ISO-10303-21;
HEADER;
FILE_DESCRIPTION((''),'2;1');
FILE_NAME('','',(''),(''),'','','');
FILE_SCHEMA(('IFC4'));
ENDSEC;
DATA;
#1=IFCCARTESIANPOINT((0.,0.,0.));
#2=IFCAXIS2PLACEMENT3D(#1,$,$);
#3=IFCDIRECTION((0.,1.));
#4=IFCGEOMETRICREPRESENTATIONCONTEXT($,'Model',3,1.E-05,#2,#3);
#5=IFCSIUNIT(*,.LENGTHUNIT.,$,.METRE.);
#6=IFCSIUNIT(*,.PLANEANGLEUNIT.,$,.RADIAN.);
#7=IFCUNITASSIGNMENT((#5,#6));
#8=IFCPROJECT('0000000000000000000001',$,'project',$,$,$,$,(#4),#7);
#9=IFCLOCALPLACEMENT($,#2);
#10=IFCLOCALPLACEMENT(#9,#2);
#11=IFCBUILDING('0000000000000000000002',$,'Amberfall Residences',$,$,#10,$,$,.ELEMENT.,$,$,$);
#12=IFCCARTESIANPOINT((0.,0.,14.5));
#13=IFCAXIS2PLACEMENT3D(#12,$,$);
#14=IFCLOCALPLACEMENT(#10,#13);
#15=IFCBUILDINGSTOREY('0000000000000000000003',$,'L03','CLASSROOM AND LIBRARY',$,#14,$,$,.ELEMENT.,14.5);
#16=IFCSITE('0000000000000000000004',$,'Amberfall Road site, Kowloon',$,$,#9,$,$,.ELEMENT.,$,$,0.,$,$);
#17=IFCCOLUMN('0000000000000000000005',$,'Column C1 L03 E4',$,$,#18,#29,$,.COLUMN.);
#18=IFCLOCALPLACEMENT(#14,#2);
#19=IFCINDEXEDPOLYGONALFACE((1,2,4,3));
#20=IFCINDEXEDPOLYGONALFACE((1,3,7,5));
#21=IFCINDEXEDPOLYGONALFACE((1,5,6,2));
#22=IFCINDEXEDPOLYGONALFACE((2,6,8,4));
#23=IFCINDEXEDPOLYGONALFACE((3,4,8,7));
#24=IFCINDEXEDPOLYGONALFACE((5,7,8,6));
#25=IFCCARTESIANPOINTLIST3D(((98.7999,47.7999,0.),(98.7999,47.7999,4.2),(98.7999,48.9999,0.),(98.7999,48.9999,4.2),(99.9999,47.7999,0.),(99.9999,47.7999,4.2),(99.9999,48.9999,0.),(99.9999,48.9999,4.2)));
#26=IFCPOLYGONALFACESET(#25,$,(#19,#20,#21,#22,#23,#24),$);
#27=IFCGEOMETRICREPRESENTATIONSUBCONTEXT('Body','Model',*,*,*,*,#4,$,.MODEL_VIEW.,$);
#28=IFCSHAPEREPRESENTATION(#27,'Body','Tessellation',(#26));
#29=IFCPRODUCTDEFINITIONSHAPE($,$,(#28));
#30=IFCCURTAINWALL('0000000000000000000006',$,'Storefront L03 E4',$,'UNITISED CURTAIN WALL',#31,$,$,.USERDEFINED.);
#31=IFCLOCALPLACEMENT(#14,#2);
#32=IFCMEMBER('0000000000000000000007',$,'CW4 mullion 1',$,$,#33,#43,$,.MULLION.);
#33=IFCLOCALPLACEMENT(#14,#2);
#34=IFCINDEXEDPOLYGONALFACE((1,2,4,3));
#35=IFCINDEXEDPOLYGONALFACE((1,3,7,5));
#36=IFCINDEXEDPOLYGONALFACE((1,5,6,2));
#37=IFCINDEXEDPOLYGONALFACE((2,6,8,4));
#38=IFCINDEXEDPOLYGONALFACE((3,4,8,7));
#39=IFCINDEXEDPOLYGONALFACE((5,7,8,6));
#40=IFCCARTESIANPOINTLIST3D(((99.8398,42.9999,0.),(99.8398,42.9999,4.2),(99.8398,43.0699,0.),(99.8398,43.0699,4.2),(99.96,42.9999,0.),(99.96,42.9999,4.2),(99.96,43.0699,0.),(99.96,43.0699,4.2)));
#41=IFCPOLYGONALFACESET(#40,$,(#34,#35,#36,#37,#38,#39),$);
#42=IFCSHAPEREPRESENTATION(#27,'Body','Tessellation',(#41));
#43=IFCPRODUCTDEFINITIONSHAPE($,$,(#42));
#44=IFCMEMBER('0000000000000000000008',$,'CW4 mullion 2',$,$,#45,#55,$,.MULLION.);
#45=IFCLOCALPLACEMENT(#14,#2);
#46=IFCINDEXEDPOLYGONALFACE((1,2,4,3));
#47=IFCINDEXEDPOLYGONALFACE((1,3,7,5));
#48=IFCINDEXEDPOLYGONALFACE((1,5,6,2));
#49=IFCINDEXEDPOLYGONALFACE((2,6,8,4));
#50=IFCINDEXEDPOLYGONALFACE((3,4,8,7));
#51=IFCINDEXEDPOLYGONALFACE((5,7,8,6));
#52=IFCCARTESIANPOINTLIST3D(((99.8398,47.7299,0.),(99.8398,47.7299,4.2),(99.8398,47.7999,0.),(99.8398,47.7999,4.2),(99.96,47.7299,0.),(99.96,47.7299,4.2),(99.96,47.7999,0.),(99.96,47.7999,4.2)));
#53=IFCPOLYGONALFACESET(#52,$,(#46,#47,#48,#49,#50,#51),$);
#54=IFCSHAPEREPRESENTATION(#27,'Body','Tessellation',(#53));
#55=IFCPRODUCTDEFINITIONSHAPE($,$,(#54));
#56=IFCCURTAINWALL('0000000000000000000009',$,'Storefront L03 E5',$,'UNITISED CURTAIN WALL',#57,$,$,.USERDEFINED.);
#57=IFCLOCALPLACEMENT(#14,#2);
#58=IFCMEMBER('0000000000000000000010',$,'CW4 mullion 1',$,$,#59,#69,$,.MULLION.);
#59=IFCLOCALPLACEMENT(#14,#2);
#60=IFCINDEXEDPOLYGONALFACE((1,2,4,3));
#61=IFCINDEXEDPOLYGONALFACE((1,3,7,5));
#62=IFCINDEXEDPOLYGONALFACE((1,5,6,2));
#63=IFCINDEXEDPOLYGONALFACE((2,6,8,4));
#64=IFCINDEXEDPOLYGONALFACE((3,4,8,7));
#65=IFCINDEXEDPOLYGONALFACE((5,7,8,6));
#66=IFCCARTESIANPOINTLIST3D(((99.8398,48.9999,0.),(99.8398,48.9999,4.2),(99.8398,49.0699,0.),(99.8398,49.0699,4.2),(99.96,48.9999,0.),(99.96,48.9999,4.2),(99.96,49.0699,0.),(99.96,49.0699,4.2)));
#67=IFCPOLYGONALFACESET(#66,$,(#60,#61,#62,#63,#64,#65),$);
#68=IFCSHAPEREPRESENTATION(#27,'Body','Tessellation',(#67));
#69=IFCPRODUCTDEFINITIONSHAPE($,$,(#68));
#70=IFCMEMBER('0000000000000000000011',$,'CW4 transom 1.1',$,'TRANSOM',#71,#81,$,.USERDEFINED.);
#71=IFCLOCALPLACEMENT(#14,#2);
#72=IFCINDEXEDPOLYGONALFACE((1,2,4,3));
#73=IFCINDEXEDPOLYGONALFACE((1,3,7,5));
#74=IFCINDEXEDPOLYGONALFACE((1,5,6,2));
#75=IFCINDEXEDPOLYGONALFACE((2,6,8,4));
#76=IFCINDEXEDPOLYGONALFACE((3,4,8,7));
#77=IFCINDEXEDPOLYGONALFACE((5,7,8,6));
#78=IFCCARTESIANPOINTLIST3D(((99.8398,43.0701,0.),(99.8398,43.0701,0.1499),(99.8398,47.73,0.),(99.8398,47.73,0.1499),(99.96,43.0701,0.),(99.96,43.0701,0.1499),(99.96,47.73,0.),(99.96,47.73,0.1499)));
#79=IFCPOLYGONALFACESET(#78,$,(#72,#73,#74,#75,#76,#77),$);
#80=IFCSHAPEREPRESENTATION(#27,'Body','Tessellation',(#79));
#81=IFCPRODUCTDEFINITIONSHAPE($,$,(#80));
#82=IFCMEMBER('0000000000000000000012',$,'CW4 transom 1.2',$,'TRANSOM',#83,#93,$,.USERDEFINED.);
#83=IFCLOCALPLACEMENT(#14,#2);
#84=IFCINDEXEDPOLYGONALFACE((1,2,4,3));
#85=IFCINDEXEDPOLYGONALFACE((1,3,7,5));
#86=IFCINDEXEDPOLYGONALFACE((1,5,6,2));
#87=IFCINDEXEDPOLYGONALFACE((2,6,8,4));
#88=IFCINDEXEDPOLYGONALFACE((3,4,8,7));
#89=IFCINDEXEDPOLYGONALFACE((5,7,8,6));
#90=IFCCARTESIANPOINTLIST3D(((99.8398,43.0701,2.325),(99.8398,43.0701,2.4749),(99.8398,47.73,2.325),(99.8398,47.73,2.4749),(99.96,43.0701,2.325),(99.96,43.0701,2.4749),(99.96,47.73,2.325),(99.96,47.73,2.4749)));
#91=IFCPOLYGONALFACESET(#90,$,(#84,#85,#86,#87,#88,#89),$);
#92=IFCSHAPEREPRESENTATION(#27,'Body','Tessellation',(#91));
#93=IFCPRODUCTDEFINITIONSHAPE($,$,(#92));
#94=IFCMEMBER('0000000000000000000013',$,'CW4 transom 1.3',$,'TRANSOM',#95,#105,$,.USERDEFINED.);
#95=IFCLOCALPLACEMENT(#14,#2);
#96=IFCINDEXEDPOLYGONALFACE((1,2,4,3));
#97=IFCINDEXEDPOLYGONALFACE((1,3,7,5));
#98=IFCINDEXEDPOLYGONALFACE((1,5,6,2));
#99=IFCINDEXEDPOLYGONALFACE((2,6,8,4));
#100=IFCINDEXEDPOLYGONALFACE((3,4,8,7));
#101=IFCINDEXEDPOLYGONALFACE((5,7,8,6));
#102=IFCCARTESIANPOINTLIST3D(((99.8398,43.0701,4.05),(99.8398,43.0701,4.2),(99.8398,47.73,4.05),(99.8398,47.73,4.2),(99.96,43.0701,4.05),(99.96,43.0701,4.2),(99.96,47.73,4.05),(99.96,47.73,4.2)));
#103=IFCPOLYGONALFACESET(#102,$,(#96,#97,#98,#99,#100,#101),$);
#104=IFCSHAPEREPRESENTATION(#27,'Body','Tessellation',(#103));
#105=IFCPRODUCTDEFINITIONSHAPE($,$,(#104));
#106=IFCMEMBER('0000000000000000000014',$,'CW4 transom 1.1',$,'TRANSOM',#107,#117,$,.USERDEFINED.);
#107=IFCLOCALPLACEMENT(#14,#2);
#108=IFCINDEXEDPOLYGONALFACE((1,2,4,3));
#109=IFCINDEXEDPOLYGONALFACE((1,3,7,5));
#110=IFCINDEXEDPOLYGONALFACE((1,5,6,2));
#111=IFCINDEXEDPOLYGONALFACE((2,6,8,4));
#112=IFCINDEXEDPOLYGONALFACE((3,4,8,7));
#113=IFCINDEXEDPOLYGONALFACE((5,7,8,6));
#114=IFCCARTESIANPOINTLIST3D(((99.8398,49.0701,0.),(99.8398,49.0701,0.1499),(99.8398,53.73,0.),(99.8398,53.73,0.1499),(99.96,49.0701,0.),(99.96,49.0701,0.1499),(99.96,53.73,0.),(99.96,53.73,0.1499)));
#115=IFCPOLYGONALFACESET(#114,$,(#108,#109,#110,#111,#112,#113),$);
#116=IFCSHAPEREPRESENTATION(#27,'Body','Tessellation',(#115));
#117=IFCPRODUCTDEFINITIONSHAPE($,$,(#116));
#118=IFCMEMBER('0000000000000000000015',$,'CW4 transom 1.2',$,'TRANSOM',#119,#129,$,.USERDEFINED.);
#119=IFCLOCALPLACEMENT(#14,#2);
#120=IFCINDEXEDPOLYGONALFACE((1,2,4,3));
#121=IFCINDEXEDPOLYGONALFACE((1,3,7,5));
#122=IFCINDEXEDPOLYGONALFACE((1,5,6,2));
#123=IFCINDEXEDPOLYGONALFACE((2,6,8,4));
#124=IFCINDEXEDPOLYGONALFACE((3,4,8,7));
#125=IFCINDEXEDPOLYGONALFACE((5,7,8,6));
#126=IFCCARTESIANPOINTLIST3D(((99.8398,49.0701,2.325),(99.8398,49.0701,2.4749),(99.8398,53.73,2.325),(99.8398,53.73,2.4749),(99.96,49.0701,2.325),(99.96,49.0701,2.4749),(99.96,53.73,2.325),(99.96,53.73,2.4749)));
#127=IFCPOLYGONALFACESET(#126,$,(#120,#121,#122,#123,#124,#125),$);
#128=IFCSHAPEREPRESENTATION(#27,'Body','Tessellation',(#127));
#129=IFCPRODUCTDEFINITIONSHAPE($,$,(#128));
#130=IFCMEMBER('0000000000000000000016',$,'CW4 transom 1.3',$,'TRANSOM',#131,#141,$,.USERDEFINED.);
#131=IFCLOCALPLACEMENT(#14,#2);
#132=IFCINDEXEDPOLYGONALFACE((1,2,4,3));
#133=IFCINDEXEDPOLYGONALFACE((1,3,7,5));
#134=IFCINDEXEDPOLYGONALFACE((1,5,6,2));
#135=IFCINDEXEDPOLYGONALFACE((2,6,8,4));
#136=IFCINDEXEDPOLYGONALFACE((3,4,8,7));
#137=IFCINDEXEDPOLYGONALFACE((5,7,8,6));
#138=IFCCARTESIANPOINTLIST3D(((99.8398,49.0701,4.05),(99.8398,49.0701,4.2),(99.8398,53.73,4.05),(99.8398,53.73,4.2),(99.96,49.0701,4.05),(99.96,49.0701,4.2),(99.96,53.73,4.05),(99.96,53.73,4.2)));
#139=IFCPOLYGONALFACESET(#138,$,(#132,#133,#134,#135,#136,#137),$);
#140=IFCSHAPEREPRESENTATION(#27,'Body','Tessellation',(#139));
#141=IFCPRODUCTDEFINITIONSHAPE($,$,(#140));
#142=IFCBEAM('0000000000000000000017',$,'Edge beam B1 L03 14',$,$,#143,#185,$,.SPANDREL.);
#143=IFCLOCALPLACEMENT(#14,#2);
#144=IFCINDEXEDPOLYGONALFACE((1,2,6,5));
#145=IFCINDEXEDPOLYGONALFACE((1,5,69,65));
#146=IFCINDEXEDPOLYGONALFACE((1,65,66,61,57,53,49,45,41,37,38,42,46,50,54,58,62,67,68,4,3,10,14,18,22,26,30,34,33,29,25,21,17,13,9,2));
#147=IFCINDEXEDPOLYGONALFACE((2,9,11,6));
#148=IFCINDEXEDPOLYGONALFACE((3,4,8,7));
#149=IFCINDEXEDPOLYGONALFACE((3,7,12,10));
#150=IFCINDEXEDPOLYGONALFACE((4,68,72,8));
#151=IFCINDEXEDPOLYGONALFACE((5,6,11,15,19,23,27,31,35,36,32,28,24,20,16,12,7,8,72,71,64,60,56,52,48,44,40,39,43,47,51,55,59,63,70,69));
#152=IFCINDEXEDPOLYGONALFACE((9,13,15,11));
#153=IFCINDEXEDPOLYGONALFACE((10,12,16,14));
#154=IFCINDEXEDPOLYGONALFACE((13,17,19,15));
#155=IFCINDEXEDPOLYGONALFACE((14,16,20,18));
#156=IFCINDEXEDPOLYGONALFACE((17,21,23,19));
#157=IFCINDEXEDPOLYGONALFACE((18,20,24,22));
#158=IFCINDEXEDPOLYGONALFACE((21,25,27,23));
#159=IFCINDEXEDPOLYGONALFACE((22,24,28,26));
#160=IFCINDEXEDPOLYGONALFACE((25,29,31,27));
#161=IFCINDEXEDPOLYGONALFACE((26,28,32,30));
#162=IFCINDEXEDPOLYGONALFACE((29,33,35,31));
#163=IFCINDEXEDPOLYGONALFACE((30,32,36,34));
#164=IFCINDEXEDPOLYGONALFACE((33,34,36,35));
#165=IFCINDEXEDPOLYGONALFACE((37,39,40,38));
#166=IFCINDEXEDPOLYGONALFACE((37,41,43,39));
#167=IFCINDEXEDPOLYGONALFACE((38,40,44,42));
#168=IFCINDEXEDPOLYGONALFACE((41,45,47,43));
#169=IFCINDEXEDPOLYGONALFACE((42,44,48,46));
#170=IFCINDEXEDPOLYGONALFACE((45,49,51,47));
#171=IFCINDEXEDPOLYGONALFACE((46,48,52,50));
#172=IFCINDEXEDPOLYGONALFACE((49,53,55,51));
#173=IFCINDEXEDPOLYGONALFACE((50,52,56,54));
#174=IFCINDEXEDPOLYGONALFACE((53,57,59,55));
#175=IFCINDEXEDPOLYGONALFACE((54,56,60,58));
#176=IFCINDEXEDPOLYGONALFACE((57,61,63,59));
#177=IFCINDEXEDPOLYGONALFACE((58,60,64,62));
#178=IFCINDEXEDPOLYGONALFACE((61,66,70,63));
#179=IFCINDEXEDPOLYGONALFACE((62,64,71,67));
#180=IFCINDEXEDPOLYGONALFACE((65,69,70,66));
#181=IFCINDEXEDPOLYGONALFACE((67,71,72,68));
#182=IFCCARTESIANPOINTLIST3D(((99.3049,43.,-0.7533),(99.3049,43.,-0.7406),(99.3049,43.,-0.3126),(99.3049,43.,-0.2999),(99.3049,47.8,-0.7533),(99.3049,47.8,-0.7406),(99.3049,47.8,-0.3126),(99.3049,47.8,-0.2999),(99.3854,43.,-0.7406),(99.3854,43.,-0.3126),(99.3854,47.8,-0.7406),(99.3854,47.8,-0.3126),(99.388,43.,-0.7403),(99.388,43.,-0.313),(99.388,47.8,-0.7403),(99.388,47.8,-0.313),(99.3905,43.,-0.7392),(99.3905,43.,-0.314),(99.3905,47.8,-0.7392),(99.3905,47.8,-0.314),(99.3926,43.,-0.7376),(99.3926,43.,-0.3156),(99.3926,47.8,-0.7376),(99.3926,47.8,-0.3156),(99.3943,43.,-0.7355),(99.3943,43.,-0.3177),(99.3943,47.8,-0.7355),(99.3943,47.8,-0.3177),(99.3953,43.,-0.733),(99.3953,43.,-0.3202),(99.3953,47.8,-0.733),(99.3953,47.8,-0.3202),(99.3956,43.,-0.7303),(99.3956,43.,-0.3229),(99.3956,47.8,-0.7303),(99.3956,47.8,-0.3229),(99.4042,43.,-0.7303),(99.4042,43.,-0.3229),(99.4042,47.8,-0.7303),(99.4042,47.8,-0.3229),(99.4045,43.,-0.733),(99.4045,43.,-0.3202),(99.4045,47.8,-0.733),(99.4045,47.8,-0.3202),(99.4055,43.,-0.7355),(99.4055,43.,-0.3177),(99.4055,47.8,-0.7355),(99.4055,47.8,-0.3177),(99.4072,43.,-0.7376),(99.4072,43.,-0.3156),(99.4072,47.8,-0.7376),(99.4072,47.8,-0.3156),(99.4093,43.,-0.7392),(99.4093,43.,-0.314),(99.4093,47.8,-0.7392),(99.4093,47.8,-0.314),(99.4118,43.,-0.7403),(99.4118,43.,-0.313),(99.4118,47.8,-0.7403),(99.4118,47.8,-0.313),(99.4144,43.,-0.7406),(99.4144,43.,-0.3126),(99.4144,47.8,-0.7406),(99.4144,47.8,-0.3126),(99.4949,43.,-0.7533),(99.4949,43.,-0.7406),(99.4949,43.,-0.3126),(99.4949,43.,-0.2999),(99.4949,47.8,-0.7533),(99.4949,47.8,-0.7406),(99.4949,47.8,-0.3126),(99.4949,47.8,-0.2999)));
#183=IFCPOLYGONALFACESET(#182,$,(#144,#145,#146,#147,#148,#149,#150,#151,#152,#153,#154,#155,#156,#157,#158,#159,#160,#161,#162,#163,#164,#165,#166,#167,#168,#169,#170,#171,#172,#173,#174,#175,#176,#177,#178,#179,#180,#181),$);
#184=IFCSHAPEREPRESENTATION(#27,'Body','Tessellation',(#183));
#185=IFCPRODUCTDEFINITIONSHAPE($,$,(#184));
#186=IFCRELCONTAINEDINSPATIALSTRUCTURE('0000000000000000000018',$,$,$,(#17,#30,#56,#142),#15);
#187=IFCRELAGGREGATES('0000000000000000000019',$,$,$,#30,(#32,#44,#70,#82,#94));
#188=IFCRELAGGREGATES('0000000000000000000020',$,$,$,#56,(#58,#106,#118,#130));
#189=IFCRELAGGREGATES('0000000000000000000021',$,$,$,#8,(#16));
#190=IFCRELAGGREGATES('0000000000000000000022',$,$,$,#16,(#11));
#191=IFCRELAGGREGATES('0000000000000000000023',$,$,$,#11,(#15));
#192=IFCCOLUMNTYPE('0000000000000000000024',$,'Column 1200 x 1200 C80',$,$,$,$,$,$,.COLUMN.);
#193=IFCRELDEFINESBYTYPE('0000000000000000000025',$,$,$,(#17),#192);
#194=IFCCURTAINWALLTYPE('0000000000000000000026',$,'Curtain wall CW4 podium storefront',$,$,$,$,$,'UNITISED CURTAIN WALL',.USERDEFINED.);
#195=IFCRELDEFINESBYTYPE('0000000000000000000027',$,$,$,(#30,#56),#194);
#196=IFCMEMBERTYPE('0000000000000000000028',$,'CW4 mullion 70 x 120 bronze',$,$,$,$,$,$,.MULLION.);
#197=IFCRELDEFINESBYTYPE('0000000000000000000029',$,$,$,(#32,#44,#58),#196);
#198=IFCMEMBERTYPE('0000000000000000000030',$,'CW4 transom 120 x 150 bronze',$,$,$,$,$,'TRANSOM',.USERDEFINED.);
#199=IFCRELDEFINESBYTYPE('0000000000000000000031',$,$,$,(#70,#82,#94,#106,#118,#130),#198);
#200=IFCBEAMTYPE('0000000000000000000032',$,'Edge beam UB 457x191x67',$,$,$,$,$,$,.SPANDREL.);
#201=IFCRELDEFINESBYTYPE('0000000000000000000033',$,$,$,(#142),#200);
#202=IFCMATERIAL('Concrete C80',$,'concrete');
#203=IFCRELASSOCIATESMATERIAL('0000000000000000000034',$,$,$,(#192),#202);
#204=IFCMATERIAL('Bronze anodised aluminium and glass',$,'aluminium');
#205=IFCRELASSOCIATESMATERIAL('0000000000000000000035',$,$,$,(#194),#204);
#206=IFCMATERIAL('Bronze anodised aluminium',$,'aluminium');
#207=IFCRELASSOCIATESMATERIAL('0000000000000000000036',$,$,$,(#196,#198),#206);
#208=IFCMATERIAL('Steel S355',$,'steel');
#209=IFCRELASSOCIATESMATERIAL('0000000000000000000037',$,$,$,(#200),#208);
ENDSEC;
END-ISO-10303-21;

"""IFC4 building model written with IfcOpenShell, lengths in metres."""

from ifc_helpers import new_model, si_unit, direction, frame, origin, origin_2d, place, context, subcontext, project, spatial, rectangle, i_section, extrude, material, material_profile, profile_set, type_object, element, aggregate, save


model = new_model("IFC4")

# Units and contexts
model_context = context("Model", 3, precision=1e-05, world=origin(), true_north=direction((0.0, 1.0)))
body_context = subcontext(model_context, "Body", "Model", "MODEL_VIEW")
ifc_project = project(units=[si_unit("LENGTHUNIT", "METRE"), si_unit("PLANEANGLEUNIT", "RADIAN")], contexts=[model_context])

# Site, building, storey
site_placement = place(None, origin())
site = spatial("IfcSite", under=ifc_project, at=site_placement, Name="Amberfall Road site, Kowloon", CompositionType="ELEMENT", RefElevation=0.0)
building_placement = place(site_placement, origin())
building = spatial("IfcBuilding", under=site, at=building_placement, Name="Amberfall Residences", CompositionType="ELEMENT")
storey_placement = place(building_placement, frame((0.0, 0.0, 14.5)))
storey = spatial("IfcBuildingStorey", under=building, at=storey_placement, Name="L03", Description="CLASSROOM AND LIBRARY", CompositionType="ELEMENT", Elevation=14.5)

# Column
ifc_material_1 = material(Name="Concrete C80", Category="concrete")
ifc_material_profile_1 = material_profile(ifc_material_1, rectangle(XDim=1.2, YDim=1.2, at=origin_2d()), Name="Column 1200 x 1200 C80")
ifc_profile_set_1 = profile_set([ifc_material_profile_1], Name="Concrete C80")
column_type = type_object("IfcColumnType", Name="Column 1200 x 1200 C80", PredefinedType="COLUMN", material=ifc_profile_set_1)
column_placement = place(storey_placement, frame((99.3999, 48.3999, 0.0), z_axis=(0.0, 0.0, 1.0), x_axis=(1.0, 0.0, 0.0)))
element("IfcColumn", 1, at=column_placement, inside=storey, type_object=column_type, Name="Column C1 L03 E4", PredefinedType="COLUMN", context=body_context, shape_type="SweptSolid", body=[
    extrude(rectangle(XDim=1.2, YDim=1.2, at=origin_2d()), origin(), (0.0, 0.0, 1.0), 4.2),
])

# Curtain wall, members
ifc_material_2 = material(Name="Bronze anodised aluminium and glass", Category="aluminium")
curtain_wall_type = type_object("IfcCurtainWallType", Name="Curtain wall CW4 podium storefront", ElementType="UNITISED CURTAIN WALL", PredefinedType="USERDEFINED", material=ifc_material_2)
curtain_wall_1_placement = place(storey_placement, origin())
curtain_wall_1 = element("IfcCurtainWall", 2, at=curtain_wall_1_placement, inside=storey, type_object=curtain_wall_type, Name="Storefront L03 E4", ObjectType="UNITISED CURTAIN WALL", PredefinedType="USERDEFINED")
ifc_material_3 = material(Name="Bronze anodised aluminium", Category="aluminium")
ifc_material_profile_2 = material_profile(ifc_material_3, rectangle(XDim=0.1201, YDim=0.0701, at=origin_2d()), Name="CW4 mullion 70 x 120 bronze")
ifc_profile_set_2 = profile_set([ifc_material_profile_2], Name="Bronze anodised aluminium")
member_type_1 = type_object("IfcMemberType", Name="CW4 mullion 70 x 120 bronze", PredefinedType="MULLION", material=ifc_profile_set_2)
member_1_placement = place(storey_placement, frame((99.8999, 43.0349, 0.0), z_axis=(0.0, 0.0, 1.0), x_axis=(-1.0, 0.0, 0.0)))
member_1 = element("IfcMember", 3, at=member_1_placement, type_object=member_type_1, Name="CW4 mullion 1", PredefinedType="MULLION", context=body_context, shape_type="SweptSolid", body=[
    extrude(rectangle(XDim=0.1201, YDim=0.0701, at=origin_2d()), origin(), (0.0, 0.0, 1.0), 4.2),
])
member_2_placement = place(storey_placement, frame((99.8999, 47.7649, 0.0), z_axis=(0.0, 0.0, 1.0), x_axis=(-1.0, 0.0, 0.0)))
member_2 = element("IfcMember", 4, at=member_2_placement, type_object=member_type_1, Name="CW4 mullion 2", PredefinedType="MULLION", context=body_context, shape_type="SweptSolid", body=[
    extrude(rectangle(XDim=0.1201, YDim=0.0701, at=origin_2d()), origin(), (0.0, 0.0, 1.0), 4.2),
])

# Curtain wall, member
curtain_wall_2_placement = place(storey_placement, origin())
curtain_wall_2 = element("IfcCurtainWall", 5, at=curtain_wall_2_placement, inside=storey, type_object=curtain_wall_type, Name="Storefront L03 E5", ObjectType="UNITISED CURTAIN WALL", PredefinedType="USERDEFINED")
member_3_placement = place(storey_placement, frame((99.8999, 49.0349, 0.0), z_axis=(0.0, 0.0, 1.0), x_axis=(-1.0, 0.0, 0.0)))
member_3 = element("IfcMember", 6, at=member_3_placement, type_object=member_type_1, Name="CW4 mullion 1", PredefinedType="MULLION", context=body_context, shape_type="SweptSolid", body=[
    extrude(rectangle(XDim=0.1201, YDim=0.0701, at=origin_2d()), origin(), (0.0, 0.0, 1.0), 4.2),
])

# Members
ifc_material_profile_3 = material_profile(ifc_material_3, rectangle(XDim=0.1201, YDim=0.1499, at=origin_2d()), Name="CW4 transom 120 x 150 bronze")
ifc_profile_set_3 = profile_set([ifc_material_profile_3], Name="Bronze anodised aluminium")
member_type_2 = type_object("IfcMemberType", Name="CW4 transom 120 x 150 bronze", ElementType="TRANSOM", PredefinedType="USERDEFINED", material=ifc_profile_set_3)
member_4_placement = place(storey_placement, frame((99.8999, 43.0701, 0.075), z_axis=(0.0, 1.0, 0.0), x_axis=(-1.0, 0.0, 0.0)))
member_4 = element("IfcMember", 7, at=member_4_placement, type_object=member_type_2, Name="CW4 transom 1.1", ObjectType="TRANSOM", PredefinedType="USERDEFINED", context=body_context, shape_type="SweptSolid", body=[
    extrude(rectangle(XDim=0.1201, YDim=0.1499, at=origin_2d()), origin(), (0.0, 0.0, 1.0), 4.6599),
])
member_5_placement = place(storey_placement, frame((99.8999, 43.0701, 2.3999), z_axis=(0.0, 1.0, 0.0), x_axis=(-1.0, 0.0, 0.0)))
member_5 = element("IfcMember", 8, at=member_5_placement, type_object=member_type_2, Name="CW4 transom 1.2", ObjectType="TRANSOM", PredefinedType="USERDEFINED", context=body_context, shape_type="SweptSolid", body=[
    extrude(rectangle(XDim=0.1201, YDim=0.1499, at=origin_2d()), origin(), (0.0, 0.0, 1.0), 4.6599),
])
member_6_placement = place(storey_placement, frame((99.8999, 43.0701, 4.125), z_axis=(0.0, 1.0, 0.0), x_axis=(-1.0, 0.0, 0.0)))
member_6 = element("IfcMember", 9, at=member_6_placement, type_object=member_type_2, Name="CW4 transom 1.3", ObjectType="TRANSOM", PredefinedType="USERDEFINED", context=body_context, shape_type="SweptSolid", body=[
    extrude(rectangle(XDim=0.1201, YDim=0.1499, at=origin_2d()), origin(), (0.0, 0.0, 1.0), 4.6599),
])
member_7_placement = place(storey_placement, frame((99.8999, 49.0701, 0.075), z_axis=(0.0, 1.0, 0.0), x_axis=(-1.0, 0.0, 0.0)))
member_7 = element("IfcMember", 10, at=member_7_placement, type_object=member_type_2, Name="CW4 transom 1.1", ObjectType="TRANSOM", PredefinedType="USERDEFINED", context=body_context, shape_type="SweptSolid", body=[
    extrude(rectangle(XDim=0.1201, YDim=0.1499, at=origin_2d()), origin(), (0.0, 0.0, 1.0), 4.6599),
])
member_8_placement = place(storey_placement, frame((99.8999, 49.0701, 2.3999), z_axis=(0.0, 1.0, 0.0), x_axis=(-1.0, 0.0, 0.0)))
member_8 = element("IfcMember", 11, at=member_8_placement, type_object=member_type_2, Name="CW4 transom 1.2", ObjectType="TRANSOM", PredefinedType="USERDEFINED", context=body_context, shape_type="SweptSolid", body=[
    extrude(rectangle(XDim=0.1201, YDim=0.1499, at=origin_2d()), origin(), (0.0, 0.0, 1.0), 4.6599),
])
member_9_placement = place(storey_placement, frame((99.8999, 49.0701, 4.125), z_axis=(0.0, 1.0, 0.0), x_axis=(-1.0, 0.0, 0.0)))
member_9 = element("IfcMember", 12, at=member_9_placement, type_object=member_type_2, Name="CW4 transom 1.3", ObjectType="TRANSOM", PredefinedType="USERDEFINED", context=body_context, shape_type="SweptSolid", body=[
    extrude(rectangle(XDim=0.1201, YDim=0.1499, at=origin_2d()), origin(), (0.0, 0.0, 1.0), 4.6599),
])

# Beam
ifc_material_4 = material(Name="Steel S355", Category="steel")
ifc_material_profile_4 = material_profile(ifc_material_4, i_section(OverallWidth=0.1899, OverallDepth=0.4534, WebThickness=0.0085, FlangeThickness=0.0127, FilletRadius=0.0103, at=origin_2d()), Name="UB 457x191x67")
ifc_profile_set_4 = profile_set([ifc_material_profile_4], Name="Steel S355")
beam_type_1 = type_object("IfcBeamType", Name="Edge beam UB 457x191x67", PredefinedType="SPANDREL", material=ifc_profile_set_4)
for number, where, z_axis, x_axis, name in (
    (13, (99.3999, 43.0, -0.5266), (0.0, 1.0, 0.0), (-1.0, 0.0, 0.0), "Edge beam B1 L03 14"),
):
    element("IfcBeam", number, at=place(storey_placement, frame(where, z_axis=z_axis, x_axis=x_axis)), inside=storey, type_object=beam_type_1, Name=name, PredefinedType="SPANDREL", context=body_context, shape_type="SweptSolid", body=[
        extrude(i_section(OverallWidth=0.1899, OverallDepth=0.4534, WebThickness=0.0085, FlangeThickness=0.0127, FilletRadius=0.0103, at=origin_2d()), origin(), (0.0, 0.0, 1.0), 4.8),
    ])

aggregate(curtain_wall_1, [member_1, member_2, member_4, member_5, member_6])
aggregate(curtain_wall_2, [member_3, member_7, member_8, member_9])

save(model, "model.ifc")
